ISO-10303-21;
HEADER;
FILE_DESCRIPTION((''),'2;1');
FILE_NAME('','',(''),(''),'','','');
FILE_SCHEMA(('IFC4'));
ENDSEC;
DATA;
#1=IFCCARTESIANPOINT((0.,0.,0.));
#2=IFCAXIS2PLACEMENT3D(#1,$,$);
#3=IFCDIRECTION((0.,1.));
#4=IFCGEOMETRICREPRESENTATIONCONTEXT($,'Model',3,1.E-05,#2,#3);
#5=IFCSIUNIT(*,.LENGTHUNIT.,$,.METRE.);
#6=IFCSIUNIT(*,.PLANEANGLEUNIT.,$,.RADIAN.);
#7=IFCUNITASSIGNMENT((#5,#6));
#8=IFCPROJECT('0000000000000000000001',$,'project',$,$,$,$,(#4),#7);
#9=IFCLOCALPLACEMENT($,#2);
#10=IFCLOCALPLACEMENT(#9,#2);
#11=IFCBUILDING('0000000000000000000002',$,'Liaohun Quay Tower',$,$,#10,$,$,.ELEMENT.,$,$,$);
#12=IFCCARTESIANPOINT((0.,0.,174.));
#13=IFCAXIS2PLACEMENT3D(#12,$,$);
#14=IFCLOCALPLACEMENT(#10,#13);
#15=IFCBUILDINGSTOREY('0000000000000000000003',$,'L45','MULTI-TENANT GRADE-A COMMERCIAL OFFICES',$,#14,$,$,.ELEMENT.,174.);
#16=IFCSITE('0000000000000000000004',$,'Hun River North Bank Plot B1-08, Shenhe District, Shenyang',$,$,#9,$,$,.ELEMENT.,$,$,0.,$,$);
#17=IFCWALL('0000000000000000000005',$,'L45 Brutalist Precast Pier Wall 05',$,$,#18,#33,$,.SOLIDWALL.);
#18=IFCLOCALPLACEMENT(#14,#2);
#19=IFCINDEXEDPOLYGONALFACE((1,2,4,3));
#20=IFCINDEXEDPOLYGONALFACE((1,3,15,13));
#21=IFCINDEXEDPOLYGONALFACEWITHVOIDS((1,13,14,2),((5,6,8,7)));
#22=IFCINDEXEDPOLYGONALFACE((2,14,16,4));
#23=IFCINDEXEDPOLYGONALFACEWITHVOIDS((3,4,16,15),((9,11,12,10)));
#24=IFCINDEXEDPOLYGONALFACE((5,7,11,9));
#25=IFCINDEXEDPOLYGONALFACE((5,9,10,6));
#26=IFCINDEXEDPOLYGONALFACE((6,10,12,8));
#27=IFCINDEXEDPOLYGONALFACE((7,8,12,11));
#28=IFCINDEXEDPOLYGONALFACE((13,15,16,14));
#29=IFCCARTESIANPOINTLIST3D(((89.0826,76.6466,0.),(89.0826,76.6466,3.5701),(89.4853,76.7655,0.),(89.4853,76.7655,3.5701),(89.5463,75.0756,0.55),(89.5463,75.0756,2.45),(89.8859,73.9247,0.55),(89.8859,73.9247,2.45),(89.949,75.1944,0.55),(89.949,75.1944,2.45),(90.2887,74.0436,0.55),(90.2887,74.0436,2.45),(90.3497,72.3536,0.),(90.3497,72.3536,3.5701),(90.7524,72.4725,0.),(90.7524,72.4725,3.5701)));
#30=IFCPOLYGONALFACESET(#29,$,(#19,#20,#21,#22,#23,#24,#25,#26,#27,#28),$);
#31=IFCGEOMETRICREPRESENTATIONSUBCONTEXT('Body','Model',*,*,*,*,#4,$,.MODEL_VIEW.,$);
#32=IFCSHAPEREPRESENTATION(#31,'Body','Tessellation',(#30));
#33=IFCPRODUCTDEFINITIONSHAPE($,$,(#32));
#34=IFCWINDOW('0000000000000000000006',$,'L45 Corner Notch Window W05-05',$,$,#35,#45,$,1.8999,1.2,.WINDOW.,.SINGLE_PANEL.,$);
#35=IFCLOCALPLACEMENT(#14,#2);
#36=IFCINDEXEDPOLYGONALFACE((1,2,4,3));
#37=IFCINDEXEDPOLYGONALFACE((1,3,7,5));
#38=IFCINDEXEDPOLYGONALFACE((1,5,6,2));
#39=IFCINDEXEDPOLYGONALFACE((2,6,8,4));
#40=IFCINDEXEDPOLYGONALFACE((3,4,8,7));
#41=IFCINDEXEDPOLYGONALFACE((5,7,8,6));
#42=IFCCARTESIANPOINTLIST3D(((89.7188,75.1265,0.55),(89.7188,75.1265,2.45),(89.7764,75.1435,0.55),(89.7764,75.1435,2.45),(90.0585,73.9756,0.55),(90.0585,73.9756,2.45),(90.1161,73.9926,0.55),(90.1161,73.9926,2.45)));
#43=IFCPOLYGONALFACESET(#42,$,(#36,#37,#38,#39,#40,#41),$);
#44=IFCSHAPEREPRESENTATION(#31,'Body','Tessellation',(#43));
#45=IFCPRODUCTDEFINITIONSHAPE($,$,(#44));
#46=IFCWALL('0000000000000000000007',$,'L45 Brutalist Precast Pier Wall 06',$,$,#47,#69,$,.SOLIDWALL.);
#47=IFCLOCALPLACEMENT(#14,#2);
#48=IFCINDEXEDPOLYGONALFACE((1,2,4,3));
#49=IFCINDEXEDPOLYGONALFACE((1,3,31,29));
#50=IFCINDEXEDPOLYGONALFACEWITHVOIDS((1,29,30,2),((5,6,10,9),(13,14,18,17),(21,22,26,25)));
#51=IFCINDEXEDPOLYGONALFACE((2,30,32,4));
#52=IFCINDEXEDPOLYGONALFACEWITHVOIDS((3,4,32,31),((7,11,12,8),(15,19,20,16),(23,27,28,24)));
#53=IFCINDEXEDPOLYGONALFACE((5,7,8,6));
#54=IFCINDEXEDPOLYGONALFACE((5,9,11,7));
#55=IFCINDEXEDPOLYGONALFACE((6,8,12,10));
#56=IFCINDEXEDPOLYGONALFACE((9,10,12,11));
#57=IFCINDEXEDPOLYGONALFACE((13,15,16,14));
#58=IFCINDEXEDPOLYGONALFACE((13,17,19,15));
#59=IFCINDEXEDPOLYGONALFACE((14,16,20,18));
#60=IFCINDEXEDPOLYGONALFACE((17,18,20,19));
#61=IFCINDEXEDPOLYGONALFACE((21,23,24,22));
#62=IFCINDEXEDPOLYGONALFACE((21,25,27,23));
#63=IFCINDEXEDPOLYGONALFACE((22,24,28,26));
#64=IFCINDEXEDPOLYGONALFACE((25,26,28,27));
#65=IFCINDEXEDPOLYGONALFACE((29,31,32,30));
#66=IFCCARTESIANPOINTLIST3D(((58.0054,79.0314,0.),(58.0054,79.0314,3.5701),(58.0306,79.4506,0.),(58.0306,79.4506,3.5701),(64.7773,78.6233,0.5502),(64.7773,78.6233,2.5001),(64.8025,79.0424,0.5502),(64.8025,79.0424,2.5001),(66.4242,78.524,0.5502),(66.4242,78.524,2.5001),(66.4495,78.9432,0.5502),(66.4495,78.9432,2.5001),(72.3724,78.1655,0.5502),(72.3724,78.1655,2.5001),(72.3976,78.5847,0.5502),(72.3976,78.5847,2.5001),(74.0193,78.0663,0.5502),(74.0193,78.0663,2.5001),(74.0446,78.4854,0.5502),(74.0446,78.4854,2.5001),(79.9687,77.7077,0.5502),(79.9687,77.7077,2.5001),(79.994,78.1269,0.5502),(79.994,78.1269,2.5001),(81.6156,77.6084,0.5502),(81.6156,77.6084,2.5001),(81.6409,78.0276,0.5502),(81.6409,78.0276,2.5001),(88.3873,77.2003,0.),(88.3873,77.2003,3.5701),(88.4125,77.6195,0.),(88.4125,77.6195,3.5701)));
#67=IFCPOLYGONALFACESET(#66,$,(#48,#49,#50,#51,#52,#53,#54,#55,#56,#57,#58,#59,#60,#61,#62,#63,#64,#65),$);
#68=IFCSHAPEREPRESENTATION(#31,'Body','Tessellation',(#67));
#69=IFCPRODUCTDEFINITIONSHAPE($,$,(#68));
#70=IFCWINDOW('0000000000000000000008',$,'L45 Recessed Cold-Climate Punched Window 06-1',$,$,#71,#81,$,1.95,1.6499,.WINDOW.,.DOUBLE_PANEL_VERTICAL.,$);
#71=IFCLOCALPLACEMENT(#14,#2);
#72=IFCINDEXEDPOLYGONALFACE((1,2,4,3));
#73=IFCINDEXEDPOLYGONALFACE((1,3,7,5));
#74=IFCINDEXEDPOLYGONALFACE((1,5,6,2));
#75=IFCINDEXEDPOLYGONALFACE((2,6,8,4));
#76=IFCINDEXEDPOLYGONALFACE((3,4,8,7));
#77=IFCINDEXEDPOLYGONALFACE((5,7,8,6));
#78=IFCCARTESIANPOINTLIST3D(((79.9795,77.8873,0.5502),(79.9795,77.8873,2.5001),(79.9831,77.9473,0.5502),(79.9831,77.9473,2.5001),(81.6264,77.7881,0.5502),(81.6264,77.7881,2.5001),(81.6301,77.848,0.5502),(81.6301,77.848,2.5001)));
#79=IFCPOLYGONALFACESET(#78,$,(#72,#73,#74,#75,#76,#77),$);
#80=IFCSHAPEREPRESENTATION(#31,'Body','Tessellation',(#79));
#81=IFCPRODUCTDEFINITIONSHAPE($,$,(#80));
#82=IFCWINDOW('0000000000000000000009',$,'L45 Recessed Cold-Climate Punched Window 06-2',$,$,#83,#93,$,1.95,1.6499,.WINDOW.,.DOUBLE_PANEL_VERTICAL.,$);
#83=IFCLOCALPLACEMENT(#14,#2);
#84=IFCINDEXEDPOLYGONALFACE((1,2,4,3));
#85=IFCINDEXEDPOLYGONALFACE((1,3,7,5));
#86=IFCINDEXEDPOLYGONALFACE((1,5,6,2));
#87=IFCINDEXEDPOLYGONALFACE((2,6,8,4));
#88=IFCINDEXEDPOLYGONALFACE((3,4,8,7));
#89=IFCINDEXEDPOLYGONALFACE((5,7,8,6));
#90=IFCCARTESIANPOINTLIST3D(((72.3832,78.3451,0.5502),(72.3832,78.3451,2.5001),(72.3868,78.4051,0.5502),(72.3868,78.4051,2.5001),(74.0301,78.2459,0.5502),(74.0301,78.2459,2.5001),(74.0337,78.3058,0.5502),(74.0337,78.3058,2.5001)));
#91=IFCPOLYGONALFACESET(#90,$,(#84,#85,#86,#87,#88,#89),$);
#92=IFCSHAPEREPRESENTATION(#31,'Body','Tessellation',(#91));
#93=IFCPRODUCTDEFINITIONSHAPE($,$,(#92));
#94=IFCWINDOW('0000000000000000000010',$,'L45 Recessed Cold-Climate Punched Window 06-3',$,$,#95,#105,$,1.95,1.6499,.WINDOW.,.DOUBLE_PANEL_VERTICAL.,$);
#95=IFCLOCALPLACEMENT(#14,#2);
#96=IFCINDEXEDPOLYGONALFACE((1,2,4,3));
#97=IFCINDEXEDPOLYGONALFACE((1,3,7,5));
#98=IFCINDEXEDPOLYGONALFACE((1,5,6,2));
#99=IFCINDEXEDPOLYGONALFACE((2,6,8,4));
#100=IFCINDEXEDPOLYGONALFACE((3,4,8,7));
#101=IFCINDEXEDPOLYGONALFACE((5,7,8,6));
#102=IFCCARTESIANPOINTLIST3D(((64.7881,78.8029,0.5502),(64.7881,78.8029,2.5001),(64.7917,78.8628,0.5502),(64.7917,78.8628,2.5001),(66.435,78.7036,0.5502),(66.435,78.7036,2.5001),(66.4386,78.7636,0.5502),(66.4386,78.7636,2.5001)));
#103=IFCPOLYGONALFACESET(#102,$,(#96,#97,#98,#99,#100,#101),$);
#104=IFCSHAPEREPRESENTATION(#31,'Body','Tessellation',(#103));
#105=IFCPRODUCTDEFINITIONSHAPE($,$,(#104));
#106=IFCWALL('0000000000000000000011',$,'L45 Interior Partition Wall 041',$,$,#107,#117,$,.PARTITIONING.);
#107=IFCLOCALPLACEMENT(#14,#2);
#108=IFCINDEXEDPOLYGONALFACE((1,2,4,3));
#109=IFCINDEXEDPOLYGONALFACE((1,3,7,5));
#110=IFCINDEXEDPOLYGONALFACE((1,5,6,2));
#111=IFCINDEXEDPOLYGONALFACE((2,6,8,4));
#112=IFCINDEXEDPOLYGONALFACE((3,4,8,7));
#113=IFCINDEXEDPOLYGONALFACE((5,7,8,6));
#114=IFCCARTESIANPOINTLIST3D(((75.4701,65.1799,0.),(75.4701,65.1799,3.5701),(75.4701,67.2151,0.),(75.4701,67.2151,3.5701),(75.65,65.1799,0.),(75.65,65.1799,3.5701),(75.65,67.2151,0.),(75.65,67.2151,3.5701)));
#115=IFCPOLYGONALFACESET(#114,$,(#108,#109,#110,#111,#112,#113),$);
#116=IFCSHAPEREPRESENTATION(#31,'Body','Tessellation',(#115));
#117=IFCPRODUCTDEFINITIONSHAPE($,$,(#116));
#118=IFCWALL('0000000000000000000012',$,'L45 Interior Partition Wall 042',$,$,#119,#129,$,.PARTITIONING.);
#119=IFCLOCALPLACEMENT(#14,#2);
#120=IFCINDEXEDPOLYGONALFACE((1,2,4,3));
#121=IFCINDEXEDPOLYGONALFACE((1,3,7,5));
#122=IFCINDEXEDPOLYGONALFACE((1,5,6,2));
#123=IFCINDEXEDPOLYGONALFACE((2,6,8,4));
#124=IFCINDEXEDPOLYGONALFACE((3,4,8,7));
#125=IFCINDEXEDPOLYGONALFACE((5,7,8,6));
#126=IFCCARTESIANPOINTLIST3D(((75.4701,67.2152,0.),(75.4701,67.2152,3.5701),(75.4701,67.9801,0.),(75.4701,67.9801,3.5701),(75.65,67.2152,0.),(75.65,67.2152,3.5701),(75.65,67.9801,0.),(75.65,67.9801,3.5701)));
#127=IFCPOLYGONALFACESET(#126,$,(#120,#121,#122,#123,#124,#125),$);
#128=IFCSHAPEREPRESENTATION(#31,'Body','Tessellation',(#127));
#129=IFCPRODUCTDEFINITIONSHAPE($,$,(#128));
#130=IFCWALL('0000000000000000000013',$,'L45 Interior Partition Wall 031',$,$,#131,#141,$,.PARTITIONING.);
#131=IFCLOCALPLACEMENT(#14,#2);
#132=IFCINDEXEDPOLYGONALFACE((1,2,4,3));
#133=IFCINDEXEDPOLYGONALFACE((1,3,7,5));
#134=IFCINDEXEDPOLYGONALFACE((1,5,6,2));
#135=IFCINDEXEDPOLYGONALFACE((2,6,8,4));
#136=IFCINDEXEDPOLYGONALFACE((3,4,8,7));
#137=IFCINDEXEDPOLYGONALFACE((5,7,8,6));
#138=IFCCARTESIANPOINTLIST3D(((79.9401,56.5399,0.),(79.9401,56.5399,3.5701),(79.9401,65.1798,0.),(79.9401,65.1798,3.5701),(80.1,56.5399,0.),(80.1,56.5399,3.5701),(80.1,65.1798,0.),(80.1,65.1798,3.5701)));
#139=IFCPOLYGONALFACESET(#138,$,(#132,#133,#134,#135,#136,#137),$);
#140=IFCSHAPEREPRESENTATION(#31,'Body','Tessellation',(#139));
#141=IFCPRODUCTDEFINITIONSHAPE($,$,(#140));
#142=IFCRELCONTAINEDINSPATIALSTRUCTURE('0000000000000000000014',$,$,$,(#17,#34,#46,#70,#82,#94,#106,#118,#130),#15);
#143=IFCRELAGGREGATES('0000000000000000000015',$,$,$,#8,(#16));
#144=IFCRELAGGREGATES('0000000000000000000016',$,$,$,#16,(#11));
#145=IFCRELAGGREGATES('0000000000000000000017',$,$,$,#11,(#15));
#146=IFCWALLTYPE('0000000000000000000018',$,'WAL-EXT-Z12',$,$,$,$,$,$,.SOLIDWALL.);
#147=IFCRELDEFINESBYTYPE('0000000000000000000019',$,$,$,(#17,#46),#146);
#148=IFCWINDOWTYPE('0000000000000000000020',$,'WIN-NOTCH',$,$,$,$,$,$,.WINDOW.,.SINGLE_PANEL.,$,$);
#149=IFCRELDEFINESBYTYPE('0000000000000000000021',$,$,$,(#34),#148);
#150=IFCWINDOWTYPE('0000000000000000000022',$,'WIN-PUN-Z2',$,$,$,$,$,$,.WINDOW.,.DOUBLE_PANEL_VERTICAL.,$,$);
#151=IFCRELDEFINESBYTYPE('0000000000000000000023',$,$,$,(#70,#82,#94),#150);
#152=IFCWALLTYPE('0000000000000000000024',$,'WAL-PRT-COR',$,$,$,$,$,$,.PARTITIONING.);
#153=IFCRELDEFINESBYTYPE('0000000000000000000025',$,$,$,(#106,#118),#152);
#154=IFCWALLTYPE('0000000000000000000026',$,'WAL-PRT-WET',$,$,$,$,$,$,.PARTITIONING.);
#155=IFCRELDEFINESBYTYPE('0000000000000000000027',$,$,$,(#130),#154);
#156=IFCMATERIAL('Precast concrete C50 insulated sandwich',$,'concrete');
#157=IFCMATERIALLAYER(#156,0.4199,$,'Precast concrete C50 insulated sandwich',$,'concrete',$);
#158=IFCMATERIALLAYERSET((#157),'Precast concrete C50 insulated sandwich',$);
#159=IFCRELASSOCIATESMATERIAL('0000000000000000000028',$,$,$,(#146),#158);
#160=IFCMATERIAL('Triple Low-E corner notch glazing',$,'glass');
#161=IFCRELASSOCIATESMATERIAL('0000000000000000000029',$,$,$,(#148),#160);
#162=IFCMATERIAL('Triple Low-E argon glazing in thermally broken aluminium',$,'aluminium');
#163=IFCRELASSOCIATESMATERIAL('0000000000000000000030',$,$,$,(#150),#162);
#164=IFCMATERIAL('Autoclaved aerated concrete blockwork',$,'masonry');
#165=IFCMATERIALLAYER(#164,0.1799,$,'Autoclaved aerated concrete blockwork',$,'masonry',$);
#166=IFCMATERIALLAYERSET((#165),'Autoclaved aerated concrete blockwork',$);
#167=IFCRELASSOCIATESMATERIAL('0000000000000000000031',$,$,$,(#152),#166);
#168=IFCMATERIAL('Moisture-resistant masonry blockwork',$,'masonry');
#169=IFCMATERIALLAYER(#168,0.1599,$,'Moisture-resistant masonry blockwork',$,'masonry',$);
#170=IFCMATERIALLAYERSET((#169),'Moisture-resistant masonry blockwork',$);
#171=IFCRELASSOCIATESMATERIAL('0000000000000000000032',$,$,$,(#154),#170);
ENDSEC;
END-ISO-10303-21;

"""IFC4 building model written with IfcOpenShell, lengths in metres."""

from ifc_helpers import new_model, si_unit, direction, frame, frame_2d, origin, place, context, subcontext, project, spatial, rectangle, extrude, source, transform, mapped, material, layer, layer_set, type_object, element, fill, save


model = new_model("IFC4")

# Units and contexts
model_context = context("Model", 3, precision=1e-05, world=origin(), true_north=direction((0.0, 1.0)))
body_context = subcontext(model_context, "Body", "Model", "MODEL_VIEW")
ifc_project = project(units=[si_unit("LENGTHUNIT", "METRE"), si_unit("PLANEANGLEUNIT", "RADIAN")], contexts=[model_context])

# Site, building, storey
site_placement = place(None, origin())
site = spatial("IfcSite", under=ifc_project, at=site_placement, Name="Hun River North Bank Plot B1-08, Shenhe District, Shenyang", CompositionType="ELEMENT", RefElevation=0.0)
building_placement = place(site_placement, origin())
building = spatial("IfcBuilding", under=site, at=building_placement, Name="Liaohun Quay Tower", CompositionType="ELEMENT")
storey_placement = place(building_placement, frame((0.0, 0.0, 174.0)))
storey = spatial("IfcBuildingStorey", under=building, at=storey_placement, Name="L45", Description="MULTI-TENANT GRADE-A COMMERCIAL OFFICES", CompositionType="ELEMENT", Elevation=174.0)

# Wall, opening, window
ifc_material_1 = material(Name="Precast concrete C50 insulated sandwich", Category="concrete")
ifc_layer_1 = layer(ifc_material_1, 0.4199, Name="Precast concrete C50 insulated sandwich", Category="concrete")
ifc_layer_set_1 = layer_set([ifc_layer_1], Name="Precast concrete C50 insulated sandwich")
wall_type_1 = type_object("IfcWallType", Name="WAL-EXT-Z12", PredefinedType="SOLIDWALL", material=ifc_layer_set_1)
shared_shape_1 = source(origin(), body_context, "Body", "SweptSolid", [
    extrude(rectangle(XDim=1.2, YDim=1.8999, at=frame_2d((0.6001, 0.95))), frame((0.0, 0.22, 0.0), z_axis=(0.0, -1.0, 0.0), x_axis=(1.0, 0.0, 0.0)), (0.0, 0.0, 1.0), 0.4399),
])
ifc_material_2 = material(Name="Triple Low-E corner notch glazing", Category="glass")
window_type_1 = type_object("IfcWindowType", Name="WIN-NOTCH", PartitioningType="SINGLE_PANEL", PredefinedType="WINDOW", material=ifc_material_2)
shared_shape_2 = source(origin(), body_context, "Body", "SweptSolid", [
    extrude(rectangle(XDim=1.2, YDim=1.8999, at=frame_2d((0.6001, 0.95))), frame((0.0, 0.03, 0.0), z_axis=(0.0, -1.0, 0.0), x_axis=(1.0, 0.0, 0.0)), (0.0, 0.0, 1.0), 0.0601),
])
wall_1_placement = place(storey_placement, frame((90.551, 72.4131, 0.0), z_axis=(0.0, 0.0, 1.0), x_axis=(-0.283082, 0.959096, 0.0)))
wall_1 = element("IfcWall", 1, at=wall_1_placement, inside=storey, type_object=wall_type_1, Name="L45 Brutalist Precast Pier Wall 05", PredefinedType="SOLIDWALL", context=body_context, shape_type="SweptSolid", body=[
    extrude(rectangle(XDim=4.4761, YDim=0.4199, at=frame_2d((2.238, 0.0))), origin(), (0.0, 0.0, 1.0), 3.5701),
])
opening_1_placement = place(wall_1_placement, frame((1.6379, 0.0, 0.55)))
opening_1 = element("IfcOpeningElement", 2, at=opening_1_placement, cuts=wall_1, PredefinedType="OPENING", context=body_context, shape_type="MappedRepresentation", body=[
    mapped(shared_shape_1, transform((0.0, 0.0, 0.0), x_axis=(1.0, 0.0, 0.0), y_axis=(0.0, 1.0, 0.0), z_axis=(0.0, 0.0, 1.0), scale=1.0)),
])
window_1_placement = place(opening_1_placement, origin())
window_1 = element("IfcWindow", 3, at=window_1_placement, inside=storey, type_object=window_type_1, Name="L45 Corner Notch Window W05-05", OverallHeight=1.8999, OverallWidth=1.2, PartitioningType="SINGLE_PANEL", PredefinedType="WINDOW", context=body_context, shape_type="MappedRepresentation", body=[
    mapped(shared_shape_2, transform((0.0, 0.0, 0.0), x_axis=(1.0, 0.0, 0.0), y_axis=(0.0, 1.0, 0.0), z_axis=(0.0, 0.0, 1.0), scale=1.0)),
])
fill(opening_1, window_1)

# Wall, openings, windows
wall_2_placement = place(storey_placement, frame((88.3999, 77.4099, 0.0), z_axis=(0.0, 0.0, 1.0), x_axis=(-0.998189, 0.060159, 0.0)))
wall_2 = element("IfcWall", 4, at=wall_2_placement, inside=storey, type_object=wall_type_1, Name="L45 Brutalist Precast Pier Wall 06", PredefinedType="SOLIDWALL", context=body_context, shape_type="SweptSolid", body=[
    extrude(rectangle(XDim=30.437, YDim=0.4199, at=frame_2d((15.2185, 0.0))), origin(), (0.0, 0.0, 1.0), 3.5701),
])
shared_shape_3 = source(origin(), body_context, "Body", "SweptSolid", [
    extrude(rectangle(XDim=1.6499, YDim=1.95, at=frame_2d((0.825, 0.9751))), frame((0.0, 0.22, 0.0), z_axis=(0.0, -1.0, 0.0), x_axis=(1.0, 0.0, 0.0)), (0.0, 0.0, 1.0), 0.4399),
])
opening_2_placement = place(wall_2_placement, frame((6.7839, 0.0, 0.55)))
opening_2 = element("IfcOpeningElement", 5, at=opening_2_placement, cuts=wall_2, PredefinedType="OPENING", context=body_context, shape_type="MappedRepresentation", body=[
    mapped(shared_shape_3, transform((0.0, 0.0, 0.0), x_axis=(1.0, 0.0, 0.0), y_axis=(0.0, 1.0, 0.0), z_axis=(0.0, 0.0, 1.0), scale=1.0)),
])
opening_3_placement = place(wall_2_placement, frame((14.394, 0.0, 0.55)))
opening_3 = element("IfcOpeningElement", 6, at=opening_3_placement, cuts=wall_2, PredefinedType="OPENING", context=body_context, shape_type="MappedRepresentation", body=[
    mapped(shared_shape_3, transform((0.0, 0.0, 0.0), x_axis=(1.0, 0.0, 0.0), y_axis=(0.0, 1.0, 0.0), z_axis=(0.0, 0.0, 1.0), scale=1.0)),
])
opening_4_placement = place(wall_2_placement, frame((22.0029, 0.0, 0.55)))
opening_4 = element("IfcOpeningElement", 7, at=opening_4_placement, cuts=wall_2, PredefinedType="OPENING", context=body_context, shape_type="MappedRepresentation", body=[
    mapped(shared_shape_3, transform((0.0, 0.0, 0.0), x_axis=(1.0, 0.0, 0.0), y_axis=(0.0, 1.0, 0.0), z_axis=(0.0, 0.0, 1.0), scale=1.0)),
])
ifc_material_3 = material(Name="Triple Low-E argon glazing in thermally broken aluminium", Category="aluminium")
window_type_2 = type_object("IfcWindowType", Name="WIN-PUN-Z2", PartitioningType="DOUBLE_PANEL_VERTICAL", PredefinedType="WINDOW", material=ifc_material_3)
shared_shape_4 = source(origin(), body_context, "Body", "SweptSolid", [
    extrude(rectangle(XDim=1.6499, YDim=1.95, at=frame_2d((0.825, 0.9751))), frame((0.0, 0.03, 0.0), z_axis=(0.0, -1.0, 0.0), x_axis=(1.0, 0.0, 0.0)), (0.0, 0.0, 1.0), 0.0601),
])
window_2_placement = place(opening_2_placement, origin())
window_2 = element("IfcWindow", 8, at=window_2_placement, inside=storey, type_object=window_type_2, Name="L45 Recessed Cold-Climate Punched Window 06-1", OverallHeight=1.95, OverallWidth=1.6499, PartitioningType="DOUBLE_PANEL_VERTICAL", PredefinedType="WINDOW", context=body_context, shape_type="MappedRepresentation", body=[
    mapped(shared_shape_4, transform((0.0, 0.0, 0.0), x_axis=(1.0, 0.0, 0.0), y_axis=(0.0, 1.0, 0.0), z_axis=(0.0, 0.0, 1.0), scale=1.0)),
])
fill(opening_2, window_2)
window_3_placement = place(opening_3_placement, origin())
window_3 = element("IfcWindow", 9, at=window_3_placement, inside=storey, type_object=window_type_2, Name="L45 Recessed Cold-Climate Punched Window 06-2", OverallHeight=1.95, OverallWidth=1.6499, PartitioningType="DOUBLE_PANEL_VERTICAL", PredefinedType="WINDOW", context=body_context, shape_type="MappedRepresentation", body=[
    mapped(shared_shape_4, transform((0.0, 0.0, 0.0), x_axis=(1.0, 0.0, 0.0), y_axis=(0.0, 1.0, 0.0), z_axis=(0.0, 0.0, 1.0), scale=1.0)),
])
fill(opening_3, window_3)
window_4_placement = place(opening_4_placement, origin())
window_4 = element("IfcWindow", 10, at=window_4_placement, inside=storey, type_object=window_type_2, Name="L45 Recessed Cold-Climate Punched Window 06-3", OverallHeight=1.95, OverallWidth=1.6499, PartitioningType="DOUBLE_PANEL_VERTICAL", PredefinedType="WINDOW", context=body_context, shape_type="MappedRepresentation", body=[
    mapped(shared_shape_4, transform((0.0, 0.0, 0.0), x_axis=(1.0, 0.0, 0.0), y_axis=(0.0, 1.0, 0.0), z_axis=(0.0, 0.0, 1.0), scale=1.0)),
])
fill(opening_4, window_4)

# Walls
ifc_material_4 = material(Name="Autoclaved aerated concrete blockwork", Category="masonry")
ifc_layer_2 = layer(ifc_material_4, 0.1799, Name="Autoclaved aerated concrete blockwork", Category="masonry")
ifc_layer_set_2 = layer_set([ifc_layer_2], Name="Autoclaved aerated concrete blockwork")
wall_type_2 = type_object("IfcWallType", Name="WAL-PRT-COR", PredefinedType="PARTITIONING", material=ifc_layer_set_2)
wall_3_placement = place(storey_placement, frame((75.5601, 67.2151, 0.0), z_axis=(0.0, 0.0, 1.0), x_axis=(0.0, -1.0, 0.0)))
element("IfcWall", 11, at=wall_3_placement, inside=storey, type_object=wall_type_2, Name="L45 Interior Partition Wall 041", PredefinedType="PARTITIONING", context=body_context, shape_type="SweptSolid", body=[
    extrude(rectangle(XDim=2.0352, YDim=0.1799, at=frame_2d((1.0176, 0.0))), origin(), (0.0, 0.0, 1.0), 3.5701),
])
wall_4_placement = place(storey_placement, frame((75.5601, 67.98, 0.0), z_axis=(0.0, 0.0, 1.0), x_axis=(0.0, -1.0, 0.0)))
element("IfcWall", 12, at=wall_4_placement, inside=storey, type_object=wall_type_2, Name="L45 Interior Partition Wall 042", PredefinedType="PARTITIONING", context=body_context, shape_type="SweptSolid", body=[
    extrude(rectangle(XDim=0.7649, YDim=0.1799, at=frame_2d((0.3823, 0.0))), origin(), (0.0, 0.0, 1.0), 3.5701),
])
ifc_material_5 = material(Name="Moisture-resistant masonry blockwork", Category="masonry")
ifc_layer_3 = layer(ifc_material_5, 0.1599, Name="Moisture-resistant masonry blockwork", Category="masonry")
ifc_layer_set_3 = layer_set([ifc_layer_3], Name="Moisture-resistant masonry blockwork")
wall_type_3 = type_object("IfcWallType", Name="WAL-PRT-WET", PredefinedType="PARTITIONING", material=ifc_layer_set_3)
wall_5_placement = place(storey_placement, frame((80.02, 56.54, 0.0), z_axis=(0.0, 0.0, 1.0), x_axis=(0.0, 1.0, 0.0)))
element("IfcWall", 13, at=wall_5_placement, inside=storey, type_object=wall_type_3, Name="L45 Interior Partition Wall 031", PredefinedType="PARTITIONING", context=body_context, shape_type="SweptSolid", body=[
    extrude(rectangle(XDim=8.6399, YDim=0.1599, at=frame_2d((4.3198, 0.0))), origin(), (0.0, 0.0, 1.0), 3.5701),
])

save(model, "model.ifc")
